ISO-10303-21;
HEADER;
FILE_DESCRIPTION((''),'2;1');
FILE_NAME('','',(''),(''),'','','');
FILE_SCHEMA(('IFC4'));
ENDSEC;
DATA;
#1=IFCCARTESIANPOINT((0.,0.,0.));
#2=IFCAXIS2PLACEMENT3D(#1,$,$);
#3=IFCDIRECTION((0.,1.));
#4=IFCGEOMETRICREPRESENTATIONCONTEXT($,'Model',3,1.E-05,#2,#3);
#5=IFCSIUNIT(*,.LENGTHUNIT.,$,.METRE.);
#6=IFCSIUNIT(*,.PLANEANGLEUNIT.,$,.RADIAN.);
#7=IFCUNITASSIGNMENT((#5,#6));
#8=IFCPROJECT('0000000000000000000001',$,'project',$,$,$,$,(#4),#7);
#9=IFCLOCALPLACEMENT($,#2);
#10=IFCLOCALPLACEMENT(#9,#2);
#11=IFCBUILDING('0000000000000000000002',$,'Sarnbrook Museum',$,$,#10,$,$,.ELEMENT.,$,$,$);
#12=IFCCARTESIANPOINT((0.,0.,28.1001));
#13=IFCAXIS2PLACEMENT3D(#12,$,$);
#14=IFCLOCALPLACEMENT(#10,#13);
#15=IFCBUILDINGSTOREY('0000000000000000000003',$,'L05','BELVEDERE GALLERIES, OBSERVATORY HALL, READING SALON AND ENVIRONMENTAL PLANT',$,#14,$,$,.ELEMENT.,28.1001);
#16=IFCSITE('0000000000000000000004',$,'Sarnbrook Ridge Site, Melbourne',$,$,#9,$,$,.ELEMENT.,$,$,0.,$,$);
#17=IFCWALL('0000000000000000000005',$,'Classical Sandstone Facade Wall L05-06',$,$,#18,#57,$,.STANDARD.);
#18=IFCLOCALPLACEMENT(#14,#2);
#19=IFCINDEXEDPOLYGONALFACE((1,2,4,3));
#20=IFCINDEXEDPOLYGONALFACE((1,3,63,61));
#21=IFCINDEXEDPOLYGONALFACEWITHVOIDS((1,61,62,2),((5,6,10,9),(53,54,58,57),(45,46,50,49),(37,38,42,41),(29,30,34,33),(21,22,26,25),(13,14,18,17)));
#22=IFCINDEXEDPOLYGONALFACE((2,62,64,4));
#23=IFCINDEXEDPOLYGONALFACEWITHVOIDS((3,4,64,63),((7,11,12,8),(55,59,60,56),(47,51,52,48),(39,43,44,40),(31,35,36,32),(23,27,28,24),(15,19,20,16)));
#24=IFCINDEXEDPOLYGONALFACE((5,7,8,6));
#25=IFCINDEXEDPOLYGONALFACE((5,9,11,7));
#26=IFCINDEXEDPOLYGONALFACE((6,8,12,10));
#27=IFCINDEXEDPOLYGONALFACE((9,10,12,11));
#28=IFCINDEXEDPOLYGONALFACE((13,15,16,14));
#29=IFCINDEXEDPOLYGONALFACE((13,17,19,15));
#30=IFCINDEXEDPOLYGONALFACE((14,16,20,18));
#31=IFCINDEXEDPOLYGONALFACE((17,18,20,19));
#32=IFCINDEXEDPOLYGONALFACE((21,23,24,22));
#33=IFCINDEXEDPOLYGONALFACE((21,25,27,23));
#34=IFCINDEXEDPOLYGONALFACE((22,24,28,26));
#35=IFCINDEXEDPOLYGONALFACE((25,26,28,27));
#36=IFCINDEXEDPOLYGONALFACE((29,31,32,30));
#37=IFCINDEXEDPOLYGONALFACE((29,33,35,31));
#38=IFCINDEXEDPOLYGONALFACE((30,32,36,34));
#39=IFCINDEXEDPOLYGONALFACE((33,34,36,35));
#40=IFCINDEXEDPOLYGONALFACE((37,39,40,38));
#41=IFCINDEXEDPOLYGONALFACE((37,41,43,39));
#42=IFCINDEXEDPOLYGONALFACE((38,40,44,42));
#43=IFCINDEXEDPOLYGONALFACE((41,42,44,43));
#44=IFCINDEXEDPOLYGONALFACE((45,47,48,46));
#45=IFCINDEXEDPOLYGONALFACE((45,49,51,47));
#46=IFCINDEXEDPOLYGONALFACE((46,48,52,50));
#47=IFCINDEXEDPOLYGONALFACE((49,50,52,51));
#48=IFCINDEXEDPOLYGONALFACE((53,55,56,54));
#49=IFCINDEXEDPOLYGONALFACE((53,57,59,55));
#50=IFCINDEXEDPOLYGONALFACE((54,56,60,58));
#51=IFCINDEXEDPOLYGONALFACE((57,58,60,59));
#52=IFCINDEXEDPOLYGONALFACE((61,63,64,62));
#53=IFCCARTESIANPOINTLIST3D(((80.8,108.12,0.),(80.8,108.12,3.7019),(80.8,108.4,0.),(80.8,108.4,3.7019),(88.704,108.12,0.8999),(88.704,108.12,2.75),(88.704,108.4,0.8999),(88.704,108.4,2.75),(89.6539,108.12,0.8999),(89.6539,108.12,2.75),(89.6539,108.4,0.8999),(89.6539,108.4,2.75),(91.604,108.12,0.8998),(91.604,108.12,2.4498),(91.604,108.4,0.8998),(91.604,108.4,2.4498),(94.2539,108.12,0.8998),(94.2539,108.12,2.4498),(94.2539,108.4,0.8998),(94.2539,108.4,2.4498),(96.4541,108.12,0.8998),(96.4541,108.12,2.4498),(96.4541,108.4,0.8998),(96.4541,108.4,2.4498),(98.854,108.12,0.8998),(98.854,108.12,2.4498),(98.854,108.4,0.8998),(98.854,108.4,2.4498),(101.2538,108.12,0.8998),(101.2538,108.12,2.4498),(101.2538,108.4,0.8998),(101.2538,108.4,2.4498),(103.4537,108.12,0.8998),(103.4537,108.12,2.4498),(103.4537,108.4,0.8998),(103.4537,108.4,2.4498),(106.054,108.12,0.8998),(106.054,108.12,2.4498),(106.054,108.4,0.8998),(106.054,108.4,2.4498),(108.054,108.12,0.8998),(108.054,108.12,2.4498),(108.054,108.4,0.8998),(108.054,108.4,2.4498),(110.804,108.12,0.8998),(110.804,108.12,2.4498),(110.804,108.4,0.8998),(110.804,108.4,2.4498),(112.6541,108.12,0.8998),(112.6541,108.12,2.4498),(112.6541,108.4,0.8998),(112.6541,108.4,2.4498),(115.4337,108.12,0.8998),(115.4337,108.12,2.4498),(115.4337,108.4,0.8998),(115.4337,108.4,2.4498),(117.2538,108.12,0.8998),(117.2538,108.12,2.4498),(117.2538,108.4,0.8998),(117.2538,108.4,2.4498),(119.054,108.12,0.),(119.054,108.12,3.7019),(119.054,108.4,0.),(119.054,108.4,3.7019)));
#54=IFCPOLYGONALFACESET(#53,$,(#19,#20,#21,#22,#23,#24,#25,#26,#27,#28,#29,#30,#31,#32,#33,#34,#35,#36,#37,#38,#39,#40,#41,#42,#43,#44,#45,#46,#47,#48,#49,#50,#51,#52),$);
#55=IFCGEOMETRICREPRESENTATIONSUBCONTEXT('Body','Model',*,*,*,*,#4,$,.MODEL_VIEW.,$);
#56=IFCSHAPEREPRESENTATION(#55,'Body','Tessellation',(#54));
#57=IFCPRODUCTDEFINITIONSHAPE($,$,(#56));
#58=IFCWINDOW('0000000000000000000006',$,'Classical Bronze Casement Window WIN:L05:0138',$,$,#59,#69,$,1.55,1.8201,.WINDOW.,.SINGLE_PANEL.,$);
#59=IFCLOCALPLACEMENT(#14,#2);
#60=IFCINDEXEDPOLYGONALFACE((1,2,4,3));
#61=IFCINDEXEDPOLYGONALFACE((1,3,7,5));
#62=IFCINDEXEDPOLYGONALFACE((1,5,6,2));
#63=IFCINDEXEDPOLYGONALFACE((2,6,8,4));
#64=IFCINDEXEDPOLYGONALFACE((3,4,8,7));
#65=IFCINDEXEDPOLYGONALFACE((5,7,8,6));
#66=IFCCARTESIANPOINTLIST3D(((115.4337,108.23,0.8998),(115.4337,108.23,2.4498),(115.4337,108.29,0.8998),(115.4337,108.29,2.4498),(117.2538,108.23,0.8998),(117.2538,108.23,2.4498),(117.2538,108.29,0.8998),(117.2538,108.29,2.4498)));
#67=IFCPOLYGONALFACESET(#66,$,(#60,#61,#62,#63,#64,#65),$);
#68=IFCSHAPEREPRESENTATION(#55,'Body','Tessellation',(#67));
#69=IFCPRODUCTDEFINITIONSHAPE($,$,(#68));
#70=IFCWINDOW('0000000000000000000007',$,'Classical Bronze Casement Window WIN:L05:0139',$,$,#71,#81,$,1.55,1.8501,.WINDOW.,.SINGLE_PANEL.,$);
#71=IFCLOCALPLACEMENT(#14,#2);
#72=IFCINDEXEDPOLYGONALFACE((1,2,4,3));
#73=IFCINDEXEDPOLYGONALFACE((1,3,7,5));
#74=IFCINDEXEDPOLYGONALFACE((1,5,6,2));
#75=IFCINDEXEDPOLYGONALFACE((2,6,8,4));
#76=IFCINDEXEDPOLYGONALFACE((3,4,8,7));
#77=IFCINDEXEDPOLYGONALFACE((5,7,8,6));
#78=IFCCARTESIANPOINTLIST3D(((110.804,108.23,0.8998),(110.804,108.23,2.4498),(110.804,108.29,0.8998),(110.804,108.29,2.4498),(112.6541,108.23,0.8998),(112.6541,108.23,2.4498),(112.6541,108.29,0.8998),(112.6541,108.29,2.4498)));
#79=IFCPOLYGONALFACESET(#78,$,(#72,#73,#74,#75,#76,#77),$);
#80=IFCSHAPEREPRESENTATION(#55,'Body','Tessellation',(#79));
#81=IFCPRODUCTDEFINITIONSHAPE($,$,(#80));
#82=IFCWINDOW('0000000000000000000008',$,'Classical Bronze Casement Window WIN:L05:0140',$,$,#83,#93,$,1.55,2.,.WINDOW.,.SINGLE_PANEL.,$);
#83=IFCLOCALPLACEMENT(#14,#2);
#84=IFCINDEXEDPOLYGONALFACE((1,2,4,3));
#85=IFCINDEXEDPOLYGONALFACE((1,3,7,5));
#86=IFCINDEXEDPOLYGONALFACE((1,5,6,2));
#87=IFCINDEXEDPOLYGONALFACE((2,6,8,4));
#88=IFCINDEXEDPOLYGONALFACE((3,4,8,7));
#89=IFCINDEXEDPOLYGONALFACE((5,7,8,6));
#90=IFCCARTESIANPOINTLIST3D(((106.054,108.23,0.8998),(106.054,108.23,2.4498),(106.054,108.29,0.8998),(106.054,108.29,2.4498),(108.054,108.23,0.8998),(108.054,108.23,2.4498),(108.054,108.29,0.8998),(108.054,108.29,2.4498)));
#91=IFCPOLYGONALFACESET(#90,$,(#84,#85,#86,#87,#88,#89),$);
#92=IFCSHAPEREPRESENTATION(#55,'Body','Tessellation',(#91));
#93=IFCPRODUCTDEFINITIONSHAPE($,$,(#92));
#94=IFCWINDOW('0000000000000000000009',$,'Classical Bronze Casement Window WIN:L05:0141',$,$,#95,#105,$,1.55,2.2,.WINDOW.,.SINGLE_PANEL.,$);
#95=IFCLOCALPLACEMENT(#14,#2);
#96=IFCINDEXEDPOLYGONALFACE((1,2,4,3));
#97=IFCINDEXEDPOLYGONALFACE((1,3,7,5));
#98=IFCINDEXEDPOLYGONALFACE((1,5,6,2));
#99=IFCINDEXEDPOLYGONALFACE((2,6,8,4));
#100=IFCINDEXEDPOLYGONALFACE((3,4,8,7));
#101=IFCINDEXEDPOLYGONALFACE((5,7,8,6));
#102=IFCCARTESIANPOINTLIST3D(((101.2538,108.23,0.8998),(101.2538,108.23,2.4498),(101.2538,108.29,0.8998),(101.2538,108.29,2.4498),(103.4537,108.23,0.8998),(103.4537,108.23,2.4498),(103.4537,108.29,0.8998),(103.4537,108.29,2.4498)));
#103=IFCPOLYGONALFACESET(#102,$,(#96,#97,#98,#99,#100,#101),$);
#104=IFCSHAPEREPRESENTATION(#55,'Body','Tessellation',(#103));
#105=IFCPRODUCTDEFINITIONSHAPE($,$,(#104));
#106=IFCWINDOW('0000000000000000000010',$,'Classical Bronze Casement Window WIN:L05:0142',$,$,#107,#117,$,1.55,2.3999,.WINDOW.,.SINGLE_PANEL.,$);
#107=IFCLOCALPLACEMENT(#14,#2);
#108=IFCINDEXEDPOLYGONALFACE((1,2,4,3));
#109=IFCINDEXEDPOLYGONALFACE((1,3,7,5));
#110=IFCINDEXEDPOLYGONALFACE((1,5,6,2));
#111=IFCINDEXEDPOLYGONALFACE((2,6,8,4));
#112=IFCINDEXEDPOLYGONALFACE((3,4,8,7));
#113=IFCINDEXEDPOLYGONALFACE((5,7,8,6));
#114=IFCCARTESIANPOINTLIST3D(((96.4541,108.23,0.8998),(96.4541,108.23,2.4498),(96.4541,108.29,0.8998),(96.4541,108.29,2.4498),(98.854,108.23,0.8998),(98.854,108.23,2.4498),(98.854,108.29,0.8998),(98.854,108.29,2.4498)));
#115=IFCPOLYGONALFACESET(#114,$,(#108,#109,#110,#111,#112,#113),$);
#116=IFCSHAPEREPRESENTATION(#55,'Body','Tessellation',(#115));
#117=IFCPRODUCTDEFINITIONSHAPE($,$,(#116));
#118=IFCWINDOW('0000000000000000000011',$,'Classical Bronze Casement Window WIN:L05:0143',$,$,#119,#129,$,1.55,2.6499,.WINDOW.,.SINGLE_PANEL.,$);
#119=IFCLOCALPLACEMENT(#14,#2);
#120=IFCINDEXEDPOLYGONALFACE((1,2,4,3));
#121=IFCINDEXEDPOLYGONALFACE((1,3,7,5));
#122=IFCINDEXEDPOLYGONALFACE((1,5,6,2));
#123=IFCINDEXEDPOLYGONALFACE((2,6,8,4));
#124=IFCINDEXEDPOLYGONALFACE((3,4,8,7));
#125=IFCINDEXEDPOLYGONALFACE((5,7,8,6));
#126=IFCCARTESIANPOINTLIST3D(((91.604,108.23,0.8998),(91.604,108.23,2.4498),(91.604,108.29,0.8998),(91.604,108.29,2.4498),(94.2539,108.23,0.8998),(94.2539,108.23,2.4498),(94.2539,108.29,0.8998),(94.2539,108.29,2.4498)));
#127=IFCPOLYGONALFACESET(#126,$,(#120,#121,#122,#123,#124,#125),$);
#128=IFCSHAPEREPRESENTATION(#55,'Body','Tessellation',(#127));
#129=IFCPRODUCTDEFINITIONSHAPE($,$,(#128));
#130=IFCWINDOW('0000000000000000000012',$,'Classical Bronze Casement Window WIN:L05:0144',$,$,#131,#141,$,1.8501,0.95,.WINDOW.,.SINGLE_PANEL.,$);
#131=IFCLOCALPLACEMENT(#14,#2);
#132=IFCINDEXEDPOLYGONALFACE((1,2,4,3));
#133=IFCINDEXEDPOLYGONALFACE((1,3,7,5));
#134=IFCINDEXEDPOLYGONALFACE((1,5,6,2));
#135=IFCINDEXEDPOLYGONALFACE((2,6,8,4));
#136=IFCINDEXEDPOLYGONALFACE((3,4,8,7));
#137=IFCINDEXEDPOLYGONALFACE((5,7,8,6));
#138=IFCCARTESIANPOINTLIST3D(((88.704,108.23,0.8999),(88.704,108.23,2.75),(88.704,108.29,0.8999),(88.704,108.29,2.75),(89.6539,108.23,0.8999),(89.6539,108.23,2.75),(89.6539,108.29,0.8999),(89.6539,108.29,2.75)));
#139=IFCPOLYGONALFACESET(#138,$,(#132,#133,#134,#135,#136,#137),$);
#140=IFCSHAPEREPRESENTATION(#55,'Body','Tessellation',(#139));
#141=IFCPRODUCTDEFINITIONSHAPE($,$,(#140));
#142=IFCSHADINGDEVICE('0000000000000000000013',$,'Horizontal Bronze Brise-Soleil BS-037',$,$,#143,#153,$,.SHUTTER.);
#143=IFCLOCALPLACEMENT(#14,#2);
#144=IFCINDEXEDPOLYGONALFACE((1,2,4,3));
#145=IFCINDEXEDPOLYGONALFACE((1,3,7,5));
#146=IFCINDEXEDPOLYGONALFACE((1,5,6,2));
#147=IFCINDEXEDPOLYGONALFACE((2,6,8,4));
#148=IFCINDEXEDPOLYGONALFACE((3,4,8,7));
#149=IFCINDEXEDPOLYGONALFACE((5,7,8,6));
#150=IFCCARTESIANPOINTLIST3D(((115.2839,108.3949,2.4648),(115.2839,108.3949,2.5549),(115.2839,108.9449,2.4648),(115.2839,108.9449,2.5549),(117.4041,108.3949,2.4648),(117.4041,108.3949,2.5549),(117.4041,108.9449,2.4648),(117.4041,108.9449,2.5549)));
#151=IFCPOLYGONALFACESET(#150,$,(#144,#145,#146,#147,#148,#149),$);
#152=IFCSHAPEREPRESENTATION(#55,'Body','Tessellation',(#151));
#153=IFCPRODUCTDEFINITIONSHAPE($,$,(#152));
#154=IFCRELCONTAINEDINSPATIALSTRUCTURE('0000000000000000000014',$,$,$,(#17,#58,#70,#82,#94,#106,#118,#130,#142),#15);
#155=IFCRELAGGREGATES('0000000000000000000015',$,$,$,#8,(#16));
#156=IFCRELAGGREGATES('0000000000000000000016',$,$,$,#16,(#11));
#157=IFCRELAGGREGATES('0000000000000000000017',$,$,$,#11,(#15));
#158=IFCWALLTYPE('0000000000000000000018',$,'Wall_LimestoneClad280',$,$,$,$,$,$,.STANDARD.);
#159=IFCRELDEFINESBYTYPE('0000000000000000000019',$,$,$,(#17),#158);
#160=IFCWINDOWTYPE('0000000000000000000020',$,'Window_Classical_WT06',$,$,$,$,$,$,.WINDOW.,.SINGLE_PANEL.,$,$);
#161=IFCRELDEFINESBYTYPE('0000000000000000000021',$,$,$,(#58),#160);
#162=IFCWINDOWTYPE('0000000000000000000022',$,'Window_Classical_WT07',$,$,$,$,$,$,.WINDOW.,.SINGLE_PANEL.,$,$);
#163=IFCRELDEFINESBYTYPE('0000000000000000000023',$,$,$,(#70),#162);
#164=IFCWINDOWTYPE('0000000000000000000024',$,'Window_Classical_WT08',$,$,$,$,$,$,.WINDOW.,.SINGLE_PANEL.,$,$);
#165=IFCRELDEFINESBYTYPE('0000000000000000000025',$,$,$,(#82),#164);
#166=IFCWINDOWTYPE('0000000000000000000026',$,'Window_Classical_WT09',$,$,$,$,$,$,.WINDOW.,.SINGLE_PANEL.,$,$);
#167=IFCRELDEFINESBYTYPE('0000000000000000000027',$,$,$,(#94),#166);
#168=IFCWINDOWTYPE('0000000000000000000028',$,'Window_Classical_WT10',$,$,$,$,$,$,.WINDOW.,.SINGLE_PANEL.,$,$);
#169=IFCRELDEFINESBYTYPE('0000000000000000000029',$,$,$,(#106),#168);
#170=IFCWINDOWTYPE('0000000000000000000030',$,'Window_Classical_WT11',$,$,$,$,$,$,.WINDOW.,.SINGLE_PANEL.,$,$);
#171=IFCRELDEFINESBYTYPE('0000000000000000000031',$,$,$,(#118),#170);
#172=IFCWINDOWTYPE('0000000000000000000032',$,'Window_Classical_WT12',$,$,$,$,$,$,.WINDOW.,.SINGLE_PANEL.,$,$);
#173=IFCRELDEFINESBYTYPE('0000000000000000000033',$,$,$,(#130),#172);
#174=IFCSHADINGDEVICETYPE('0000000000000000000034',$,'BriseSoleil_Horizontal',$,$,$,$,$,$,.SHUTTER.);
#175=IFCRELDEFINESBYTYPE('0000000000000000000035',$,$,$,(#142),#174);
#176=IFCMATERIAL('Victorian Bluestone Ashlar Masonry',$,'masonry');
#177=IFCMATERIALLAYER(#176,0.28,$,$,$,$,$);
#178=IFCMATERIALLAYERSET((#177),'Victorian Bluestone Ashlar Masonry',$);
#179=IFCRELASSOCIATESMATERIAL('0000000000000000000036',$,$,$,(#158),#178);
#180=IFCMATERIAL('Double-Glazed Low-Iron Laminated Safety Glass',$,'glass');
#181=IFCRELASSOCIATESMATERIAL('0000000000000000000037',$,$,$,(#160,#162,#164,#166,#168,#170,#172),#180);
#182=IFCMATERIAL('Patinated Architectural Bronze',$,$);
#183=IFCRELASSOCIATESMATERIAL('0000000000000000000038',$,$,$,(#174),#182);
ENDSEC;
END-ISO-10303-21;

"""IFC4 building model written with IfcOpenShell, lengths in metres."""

from ifc_helpers import new_model, si_unit, direction, frame, frame_2d, origin, origin_2d, place, context, subcontext, project, spatial, rectangle, extrude, material, layer, layer_set, type_object, element, fill, save


model = new_model("IFC4")

# Units and contexts
model_context = context("Model", 3, precision=1e-05, world=origin(), true_north=direction((0.0, 1.0)))
body_context = subcontext(model_context, "Body", "Model", "MODEL_VIEW")
ifc_project = project(units=[si_unit("LENGTHUNIT", "METRE"), si_unit("PLANEANGLEUNIT", "RADIAN")], contexts=[model_context])

# Site, building, storey
site_placement = place(None, origin())
site = spatial("IfcSite", under=ifc_project, at=site_placement, Name="Sarnbrook Ridge Site, Melbourne", CompositionType="ELEMENT", RefElevation=0.0)
building_placement = place(site_placement, origin())
building = spatial("IfcBuilding", under=site, at=building_placement, Name="Sarnbrook Museum", CompositionType="ELEMENT")
storey_placement = place(building_placement, frame((0.0, 0.0, 28.1001)))
storey = spatial("IfcBuildingStorey", under=building, at=storey_placement, Name="L05", Description="BELVEDERE GALLERIES, OBSERVATORY HALL, READING SALON AND ENVIRONMENTAL PLANT", CompositionType="ELEMENT", Elevation=28.1001)

# Shared definitions
ifc_material_1 = material(Name="Double-Glazed Low-Iron Laminated Safety Glass", Category="glass")

# Shared definitions
ifc_material_2 = material(Name="Victorian Bluestone Ashlar Masonry", Category="masonry")
ifc_layer_1 = layer(ifc_material_2, 0.28)
ifc_layer_set_1 = layer_set([ifc_layer_1], Name="Victorian Bluestone Ashlar Masonry")
wall_type_1 = type_object("IfcWallType", Name="Wall_LimestoneClad280", PredefinedType="STANDARD", material=ifc_layer_set_1)

# Wall, openings, windows
wall_1_placement = place(storey_placement, frame((119.054, 108.26, 0.0), z_axis=(0.0, 0.0, 1.0), x_axis=(-1.0, 0.0, 0.0)))
wall_1 = element("IfcWall", 1, at=wall_1_placement, inside=storey, type_object=wall_type_1, Name="Classical Sandstone Facade Wall L05-06", PredefinedType="STANDARD", context=body_context, shape_type="SweptSolid", body=[
    extrude(rectangle(XDim=38.2539, YDim=0.28, at=frame_2d((19.127, 0.0))), origin(), (0.0, 0.0, 1.0), 3.7019),
])
opening_1_placement = place(wall_1_placement, frame((1.8, 0.0, 0.8999)))
opening_1 = element("IfcOpeningElement", 2, at=opening_1_placement, cuts=wall_1, PredefinedType="OPENING", context=body_context, shape_type="SweptSolid", body=[
    extrude(rectangle(XDim=1.8201, YDim=1.55, at=frame_2d((0.9102, 0.7749))), frame((0.0, 0.1499, 0.0), z_axis=(0.0, -1.0, 0.0), x_axis=(1.0, 0.0, 0.0)), (0.0, 0.0, 1.0), 0.3),
])
opening_2_placement = place(wall_1_placement, frame((6.3999, 0.0, 0.8999)))
opening_2 = element("IfcOpeningElement", 3, at=opening_2_placement, cuts=wall_1, PredefinedType="OPENING", context=body_context, shape_type="SweptSolid", body=[
    extrude(rectangle(XDim=1.8501, YDim=1.55, at=frame_2d((0.925, 0.7749))), frame((0.0, 0.1499, 0.0), z_axis=(0.0, -1.0, 0.0), x_axis=(1.0, 0.0, 0.0)), (0.0, 0.0, 1.0), 0.3),
])
opening_3_placement = place(wall_1_placement, frame((11.0, 0.0, 0.8999)))
opening_3 = element("IfcOpeningElement", 4, at=opening_3_placement, cuts=wall_1, PredefinedType="OPENING", context=body_context, shape_type="SweptSolid", body=[
    extrude(rectangle(XDim=2.0, YDim=1.55, at=frame_2d((1.0, 0.7749))), frame((0.0, 0.1499, 0.0), z_axis=(0.0, -1.0, 0.0), x_axis=(1.0, 0.0, 0.0)), (0.0, 0.0, 1.0), 0.3),
])
opening_4_placement = place(wall_1_placement, frame((15.6001, 0.0, 0.8999)))
opening_4 = element("IfcOpeningElement", 5, at=opening_4_placement, cuts=wall_1, PredefinedType="OPENING", context=body_context, shape_type="SweptSolid", body=[
    extrude(rectangle(XDim=2.2, YDim=1.55, at=frame_2d((1.1001, 0.7749))), frame((0.0, 0.1499, 0.0), z_axis=(0.0, -1.0, 0.0), x_axis=(1.0, 0.0, 0.0)), (0.0, 0.0, 1.0), 0.3),
])
opening_5_placement = place(wall_1_placement, frame((20.2, 0.0, 0.8999)))
opening_5 = element("IfcOpeningElement", 6, at=opening_5_placement, cuts=wall_1, PredefinedType="OPENING", context=body_context, shape_type="SweptSolid", body=[
    extrude(rectangle(XDim=2.3999, YDim=1.55, at=frame_2d((1.2, 0.7749))), frame((0.0, 0.1499, 0.0), z_axis=(0.0, -1.0, 0.0), x_axis=(1.0, 0.0, 0.0)), (0.0, 0.0, 1.0), 0.3),
])
opening_6_placement = place(wall_1_placement, frame((24.8, 0.0, 0.8999)))
opening_6 = element("IfcOpeningElement", 7, at=opening_6_placement, cuts=wall_1, PredefinedType="OPENING", context=body_context, shape_type="SweptSolid", body=[
    extrude(rectangle(XDim=2.6499, YDim=1.55, at=frame_2d((1.325, 0.7749))), frame((0.0, 0.1499, 0.0), z_axis=(0.0, -1.0, 0.0), x_axis=(1.0, 0.0, 0.0)), (0.0, 0.0, 1.0), 0.3),
])
opening_7_placement = place(wall_1_placement, frame((29.3999, 0.0, 0.8999)))
opening_7 = element("IfcOpeningElement", 8, at=opening_7_placement, cuts=wall_1, PredefinedType="OPENING", context=body_context, shape_type="SweptSolid", body=[
    extrude(rectangle(XDim=0.95, YDim=1.8501, at=frame_2d((0.4751, 0.925))), frame((0.0, 0.1499, 0.0), z_axis=(0.0, -1.0, 0.0), x_axis=(1.0, 0.0, 0.0)), (0.0, 0.0, 1.0), 0.3),
])
window_type_1 = type_object("IfcWindowType", Name="Window_Classical_WT06", PartitioningType="SINGLE_PANEL", PredefinedType="WINDOW", material=ifc_material_1)
window_1_placement = place(opening_1_placement, origin())
window_1 = element("IfcWindow", 9, at=window_1_placement, inside=storey, type_object=window_type_1, Name="Classical Bronze Casement Window WIN:L05:0138", OverallHeight=1.55, OverallWidth=1.8201, PartitioningType="SINGLE_PANEL", PredefinedType="WINDOW", context=body_context, shape_type="SweptSolid", body=[
    extrude(rectangle(XDim=1.8201, YDim=1.55, at=frame_2d((0.9102, 0.7749))), frame((0.0, 0.03, 0.0), z_axis=(0.0, -1.0, 0.0), x_axis=(1.0, 0.0, 0.0)), (0.0, 0.0, 1.0), 0.0601),
])
fill(opening_1, window_1)
window_type_2 = type_object("IfcWindowType", Name="Window_Classical_WT07", PartitioningType="SINGLE_PANEL", PredefinedType="WINDOW", material=ifc_material_1)
window_2_placement = place(opening_2_placement, origin())
window_2 = element("IfcWindow", 10, at=window_2_placement, inside=storey, type_object=window_type_2, Name="Classical Bronze Casement Window WIN:L05:0139", OverallHeight=1.55, OverallWidth=1.8501, PartitioningType="SINGLE_PANEL", PredefinedType="WINDOW", context=body_context, shape_type="SweptSolid", body=[
    extrude(rectangle(XDim=1.8501, YDim=1.55, at=frame_2d((0.925, 0.7749))), frame((0.0, 0.03, 0.0), z_axis=(0.0, -1.0, 0.0), x_axis=(1.0, 0.0, 0.0)), (0.0, 0.0, 1.0), 0.0601),
])
fill(opening_2, window_2)
window_type_3 = type_object("IfcWindowType", Name="Window_Classical_WT08", PartitioningType="SINGLE_PANEL", PredefinedType="WINDOW", material=ifc_material_1)
window_3_placement = place(opening_3_placement, origin())
window_3 = element("IfcWindow", 11, at=window_3_placement, inside=storey, type_object=window_type_3, Name="Classical Bronze Casement Window WIN:L05:0140", OverallHeight=1.55, OverallWidth=2.0, PartitioningType="SINGLE_PANEL", PredefinedType="WINDOW", context=body_context, shape_type="SweptSolid", body=[
    extrude(rectangle(XDim=2.0, YDim=1.55, at=frame_2d((1.0, 0.7749))), frame((0.0, 0.03, 0.0), z_axis=(0.0, -1.0, 0.0), x_axis=(1.0, 0.0, 0.0)), (0.0, 0.0, 1.0), 0.0601),
])
fill(opening_3, window_3)
window_type_4 = type_object("IfcWindowType", Name="Window_Classical_WT09", PartitioningType="SINGLE_PANEL", PredefinedType="WINDOW", material=ifc_material_1)
window_4_placement = place(opening_4_placement, origin())
window_4 = element("IfcWindow", 12, at=window_4_placement, inside=storey, type_object=window_type_4, Name="Classical Bronze Casement Window WIN:L05:0141", OverallHeight=1.55, OverallWidth=2.2, PartitioningType="SINGLE_PANEL", PredefinedType="WINDOW", context=body_context, shape_type="SweptSolid", body=[
    extrude(rectangle(XDim=2.2, YDim=1.55, at=frame_2d((1.1001, 0.7749))), frame((0.0, 0.03, 0.0), z_axis=(0.0, -1.0, 0.0), x_axis=(1.0, 0.0, 0.0)), (0.0, 0.0, 1.0), 0.0601),
])
fill(opening_4, window_4)
window_type_5 = type_object("IfcWindowType", Name="Window_Classical_WT10", PartitioningType="SINGLE_PANEL", PredefinedType="WINDOW", material=ifc_material_1)
window_5_placement = place(opening_5_placement, origin())
window_5 = element("IfcWindow", 13, at=window_5_placement, inside=storey, type_object=window_type_5, Name="Classical Bronze Casement Window WIN:L05:0142", OverallHeight=1.55, OverallWidth=2.3999, PartitioningType="SINGLE_PANEL", PredefinedType="WINDOW", context=body_context, shape_type="SweptSolid", body=[
    extrude(rectangle(XDim=2.3999, YDim=1.55, at=frame_2d((1.2, 0.7749))), frame((0.0, 0.03, 0.0), z_axis=(0.0, -1.0, 0.0), x_axis=(1.0, 0.0, 0.0)), (0.0, 0.0, 1.0), 0.0601),
])
fill(opening_5, window_5)
window_type_6 = type_object("IfcWindowType", Name="Window_Classical_WT11", PartitioningType="SINGLE_PANEL", PredefinedType="WINDOW", material=ifc_material_1)
window_6_placement = place(opening_6_placement, origin())
window_6 = element("IfcWindow", 14, at=window_6_placement, inside=storey, type_object=window_type_6, Name="Classical Bronze Casement Window WIN:L05:0143", OverallHeight=1.55, OverallWidth=2.6499, PartitioningType="SINGLE_PANEL", PredefinedType="WINDOW", context=body_context, shape_type="SweptSolid", body=[
    extrude(rectangle(XDim=2.6499, YDim=1.55, at=frame_2d((1.325, 0.7749))), frame((0.0, 0.03, 0.0), z_axis=(0.0, -1.0, 0.0), x_axis=(1.0, 0.0, 0.0)), (0.0, 0.0, 1.0), 0.0601),
])
fill(opening_6, window_6)
window_type_7 = type_object("IfcWindowType", Name="Window_Classical_WT12", PartitioningType="SINGLE_PANEL", PredefinedType="WINDOW", material=ifc_material_1)
window_7_placement = place(opening_7_placement, origin())
window_7 = element("IfcWindow", 15, at=window_7_placement, inside=storey, type_object=window_type_7, Name="Classical Bronze Casement Window WIN:L05:0144", OverallHeight=1.8501, OverallWidth=0.95, PartitioningType="SINGLE_PANEL", PredefinedType="WINDOW", context=body_context, shape_type="SweptSolid", body=[
    extrude(rectangle(XDim=0.95, YDim=1.8501, at=frame_2d((0.4751, 0.925))), frame((0.0, 0.03, 0.0), z_axis=(0.0, -1.0, 0.0), x_axis=(1.0, 0.0, 0.0)), (0.0, 0.0, 1.0), 0.0601),
])
fill(opening_7, window_7)

# Shading device
ifc_material_3 = material(Name="Patinated Architectural Bronze")
shading_device_type = type_object("IfcShadingDeviceType", Name="BriseSoleil_Horizontal", PredefinedType="SHUTTER", material=ifc_material_3)
shading_device_1_placement = place(storey_placement, frame((116.344, 108.6699, 2.4648), z_axis=(0.0, 0.0, 1.0), x_axis=(1.0, 0.0, 0.0)))
element("IfcShadingDevice", 16, at=shading_device_1_placement, inside=storey, type_object=shading_device_type, Name="Horizontal Bronze Brise-Soleil BS-037", PredefinedType="SHUTTER", context=body_context, shape_type="SweptSolid", body=[
    extrude(rectangle(XDim=2.1201, YDim=0.55, at=origin_2d()), origin(), (0.0, 0.0, 1.0), 0.0901),
])

save(model, "model.ifc")
